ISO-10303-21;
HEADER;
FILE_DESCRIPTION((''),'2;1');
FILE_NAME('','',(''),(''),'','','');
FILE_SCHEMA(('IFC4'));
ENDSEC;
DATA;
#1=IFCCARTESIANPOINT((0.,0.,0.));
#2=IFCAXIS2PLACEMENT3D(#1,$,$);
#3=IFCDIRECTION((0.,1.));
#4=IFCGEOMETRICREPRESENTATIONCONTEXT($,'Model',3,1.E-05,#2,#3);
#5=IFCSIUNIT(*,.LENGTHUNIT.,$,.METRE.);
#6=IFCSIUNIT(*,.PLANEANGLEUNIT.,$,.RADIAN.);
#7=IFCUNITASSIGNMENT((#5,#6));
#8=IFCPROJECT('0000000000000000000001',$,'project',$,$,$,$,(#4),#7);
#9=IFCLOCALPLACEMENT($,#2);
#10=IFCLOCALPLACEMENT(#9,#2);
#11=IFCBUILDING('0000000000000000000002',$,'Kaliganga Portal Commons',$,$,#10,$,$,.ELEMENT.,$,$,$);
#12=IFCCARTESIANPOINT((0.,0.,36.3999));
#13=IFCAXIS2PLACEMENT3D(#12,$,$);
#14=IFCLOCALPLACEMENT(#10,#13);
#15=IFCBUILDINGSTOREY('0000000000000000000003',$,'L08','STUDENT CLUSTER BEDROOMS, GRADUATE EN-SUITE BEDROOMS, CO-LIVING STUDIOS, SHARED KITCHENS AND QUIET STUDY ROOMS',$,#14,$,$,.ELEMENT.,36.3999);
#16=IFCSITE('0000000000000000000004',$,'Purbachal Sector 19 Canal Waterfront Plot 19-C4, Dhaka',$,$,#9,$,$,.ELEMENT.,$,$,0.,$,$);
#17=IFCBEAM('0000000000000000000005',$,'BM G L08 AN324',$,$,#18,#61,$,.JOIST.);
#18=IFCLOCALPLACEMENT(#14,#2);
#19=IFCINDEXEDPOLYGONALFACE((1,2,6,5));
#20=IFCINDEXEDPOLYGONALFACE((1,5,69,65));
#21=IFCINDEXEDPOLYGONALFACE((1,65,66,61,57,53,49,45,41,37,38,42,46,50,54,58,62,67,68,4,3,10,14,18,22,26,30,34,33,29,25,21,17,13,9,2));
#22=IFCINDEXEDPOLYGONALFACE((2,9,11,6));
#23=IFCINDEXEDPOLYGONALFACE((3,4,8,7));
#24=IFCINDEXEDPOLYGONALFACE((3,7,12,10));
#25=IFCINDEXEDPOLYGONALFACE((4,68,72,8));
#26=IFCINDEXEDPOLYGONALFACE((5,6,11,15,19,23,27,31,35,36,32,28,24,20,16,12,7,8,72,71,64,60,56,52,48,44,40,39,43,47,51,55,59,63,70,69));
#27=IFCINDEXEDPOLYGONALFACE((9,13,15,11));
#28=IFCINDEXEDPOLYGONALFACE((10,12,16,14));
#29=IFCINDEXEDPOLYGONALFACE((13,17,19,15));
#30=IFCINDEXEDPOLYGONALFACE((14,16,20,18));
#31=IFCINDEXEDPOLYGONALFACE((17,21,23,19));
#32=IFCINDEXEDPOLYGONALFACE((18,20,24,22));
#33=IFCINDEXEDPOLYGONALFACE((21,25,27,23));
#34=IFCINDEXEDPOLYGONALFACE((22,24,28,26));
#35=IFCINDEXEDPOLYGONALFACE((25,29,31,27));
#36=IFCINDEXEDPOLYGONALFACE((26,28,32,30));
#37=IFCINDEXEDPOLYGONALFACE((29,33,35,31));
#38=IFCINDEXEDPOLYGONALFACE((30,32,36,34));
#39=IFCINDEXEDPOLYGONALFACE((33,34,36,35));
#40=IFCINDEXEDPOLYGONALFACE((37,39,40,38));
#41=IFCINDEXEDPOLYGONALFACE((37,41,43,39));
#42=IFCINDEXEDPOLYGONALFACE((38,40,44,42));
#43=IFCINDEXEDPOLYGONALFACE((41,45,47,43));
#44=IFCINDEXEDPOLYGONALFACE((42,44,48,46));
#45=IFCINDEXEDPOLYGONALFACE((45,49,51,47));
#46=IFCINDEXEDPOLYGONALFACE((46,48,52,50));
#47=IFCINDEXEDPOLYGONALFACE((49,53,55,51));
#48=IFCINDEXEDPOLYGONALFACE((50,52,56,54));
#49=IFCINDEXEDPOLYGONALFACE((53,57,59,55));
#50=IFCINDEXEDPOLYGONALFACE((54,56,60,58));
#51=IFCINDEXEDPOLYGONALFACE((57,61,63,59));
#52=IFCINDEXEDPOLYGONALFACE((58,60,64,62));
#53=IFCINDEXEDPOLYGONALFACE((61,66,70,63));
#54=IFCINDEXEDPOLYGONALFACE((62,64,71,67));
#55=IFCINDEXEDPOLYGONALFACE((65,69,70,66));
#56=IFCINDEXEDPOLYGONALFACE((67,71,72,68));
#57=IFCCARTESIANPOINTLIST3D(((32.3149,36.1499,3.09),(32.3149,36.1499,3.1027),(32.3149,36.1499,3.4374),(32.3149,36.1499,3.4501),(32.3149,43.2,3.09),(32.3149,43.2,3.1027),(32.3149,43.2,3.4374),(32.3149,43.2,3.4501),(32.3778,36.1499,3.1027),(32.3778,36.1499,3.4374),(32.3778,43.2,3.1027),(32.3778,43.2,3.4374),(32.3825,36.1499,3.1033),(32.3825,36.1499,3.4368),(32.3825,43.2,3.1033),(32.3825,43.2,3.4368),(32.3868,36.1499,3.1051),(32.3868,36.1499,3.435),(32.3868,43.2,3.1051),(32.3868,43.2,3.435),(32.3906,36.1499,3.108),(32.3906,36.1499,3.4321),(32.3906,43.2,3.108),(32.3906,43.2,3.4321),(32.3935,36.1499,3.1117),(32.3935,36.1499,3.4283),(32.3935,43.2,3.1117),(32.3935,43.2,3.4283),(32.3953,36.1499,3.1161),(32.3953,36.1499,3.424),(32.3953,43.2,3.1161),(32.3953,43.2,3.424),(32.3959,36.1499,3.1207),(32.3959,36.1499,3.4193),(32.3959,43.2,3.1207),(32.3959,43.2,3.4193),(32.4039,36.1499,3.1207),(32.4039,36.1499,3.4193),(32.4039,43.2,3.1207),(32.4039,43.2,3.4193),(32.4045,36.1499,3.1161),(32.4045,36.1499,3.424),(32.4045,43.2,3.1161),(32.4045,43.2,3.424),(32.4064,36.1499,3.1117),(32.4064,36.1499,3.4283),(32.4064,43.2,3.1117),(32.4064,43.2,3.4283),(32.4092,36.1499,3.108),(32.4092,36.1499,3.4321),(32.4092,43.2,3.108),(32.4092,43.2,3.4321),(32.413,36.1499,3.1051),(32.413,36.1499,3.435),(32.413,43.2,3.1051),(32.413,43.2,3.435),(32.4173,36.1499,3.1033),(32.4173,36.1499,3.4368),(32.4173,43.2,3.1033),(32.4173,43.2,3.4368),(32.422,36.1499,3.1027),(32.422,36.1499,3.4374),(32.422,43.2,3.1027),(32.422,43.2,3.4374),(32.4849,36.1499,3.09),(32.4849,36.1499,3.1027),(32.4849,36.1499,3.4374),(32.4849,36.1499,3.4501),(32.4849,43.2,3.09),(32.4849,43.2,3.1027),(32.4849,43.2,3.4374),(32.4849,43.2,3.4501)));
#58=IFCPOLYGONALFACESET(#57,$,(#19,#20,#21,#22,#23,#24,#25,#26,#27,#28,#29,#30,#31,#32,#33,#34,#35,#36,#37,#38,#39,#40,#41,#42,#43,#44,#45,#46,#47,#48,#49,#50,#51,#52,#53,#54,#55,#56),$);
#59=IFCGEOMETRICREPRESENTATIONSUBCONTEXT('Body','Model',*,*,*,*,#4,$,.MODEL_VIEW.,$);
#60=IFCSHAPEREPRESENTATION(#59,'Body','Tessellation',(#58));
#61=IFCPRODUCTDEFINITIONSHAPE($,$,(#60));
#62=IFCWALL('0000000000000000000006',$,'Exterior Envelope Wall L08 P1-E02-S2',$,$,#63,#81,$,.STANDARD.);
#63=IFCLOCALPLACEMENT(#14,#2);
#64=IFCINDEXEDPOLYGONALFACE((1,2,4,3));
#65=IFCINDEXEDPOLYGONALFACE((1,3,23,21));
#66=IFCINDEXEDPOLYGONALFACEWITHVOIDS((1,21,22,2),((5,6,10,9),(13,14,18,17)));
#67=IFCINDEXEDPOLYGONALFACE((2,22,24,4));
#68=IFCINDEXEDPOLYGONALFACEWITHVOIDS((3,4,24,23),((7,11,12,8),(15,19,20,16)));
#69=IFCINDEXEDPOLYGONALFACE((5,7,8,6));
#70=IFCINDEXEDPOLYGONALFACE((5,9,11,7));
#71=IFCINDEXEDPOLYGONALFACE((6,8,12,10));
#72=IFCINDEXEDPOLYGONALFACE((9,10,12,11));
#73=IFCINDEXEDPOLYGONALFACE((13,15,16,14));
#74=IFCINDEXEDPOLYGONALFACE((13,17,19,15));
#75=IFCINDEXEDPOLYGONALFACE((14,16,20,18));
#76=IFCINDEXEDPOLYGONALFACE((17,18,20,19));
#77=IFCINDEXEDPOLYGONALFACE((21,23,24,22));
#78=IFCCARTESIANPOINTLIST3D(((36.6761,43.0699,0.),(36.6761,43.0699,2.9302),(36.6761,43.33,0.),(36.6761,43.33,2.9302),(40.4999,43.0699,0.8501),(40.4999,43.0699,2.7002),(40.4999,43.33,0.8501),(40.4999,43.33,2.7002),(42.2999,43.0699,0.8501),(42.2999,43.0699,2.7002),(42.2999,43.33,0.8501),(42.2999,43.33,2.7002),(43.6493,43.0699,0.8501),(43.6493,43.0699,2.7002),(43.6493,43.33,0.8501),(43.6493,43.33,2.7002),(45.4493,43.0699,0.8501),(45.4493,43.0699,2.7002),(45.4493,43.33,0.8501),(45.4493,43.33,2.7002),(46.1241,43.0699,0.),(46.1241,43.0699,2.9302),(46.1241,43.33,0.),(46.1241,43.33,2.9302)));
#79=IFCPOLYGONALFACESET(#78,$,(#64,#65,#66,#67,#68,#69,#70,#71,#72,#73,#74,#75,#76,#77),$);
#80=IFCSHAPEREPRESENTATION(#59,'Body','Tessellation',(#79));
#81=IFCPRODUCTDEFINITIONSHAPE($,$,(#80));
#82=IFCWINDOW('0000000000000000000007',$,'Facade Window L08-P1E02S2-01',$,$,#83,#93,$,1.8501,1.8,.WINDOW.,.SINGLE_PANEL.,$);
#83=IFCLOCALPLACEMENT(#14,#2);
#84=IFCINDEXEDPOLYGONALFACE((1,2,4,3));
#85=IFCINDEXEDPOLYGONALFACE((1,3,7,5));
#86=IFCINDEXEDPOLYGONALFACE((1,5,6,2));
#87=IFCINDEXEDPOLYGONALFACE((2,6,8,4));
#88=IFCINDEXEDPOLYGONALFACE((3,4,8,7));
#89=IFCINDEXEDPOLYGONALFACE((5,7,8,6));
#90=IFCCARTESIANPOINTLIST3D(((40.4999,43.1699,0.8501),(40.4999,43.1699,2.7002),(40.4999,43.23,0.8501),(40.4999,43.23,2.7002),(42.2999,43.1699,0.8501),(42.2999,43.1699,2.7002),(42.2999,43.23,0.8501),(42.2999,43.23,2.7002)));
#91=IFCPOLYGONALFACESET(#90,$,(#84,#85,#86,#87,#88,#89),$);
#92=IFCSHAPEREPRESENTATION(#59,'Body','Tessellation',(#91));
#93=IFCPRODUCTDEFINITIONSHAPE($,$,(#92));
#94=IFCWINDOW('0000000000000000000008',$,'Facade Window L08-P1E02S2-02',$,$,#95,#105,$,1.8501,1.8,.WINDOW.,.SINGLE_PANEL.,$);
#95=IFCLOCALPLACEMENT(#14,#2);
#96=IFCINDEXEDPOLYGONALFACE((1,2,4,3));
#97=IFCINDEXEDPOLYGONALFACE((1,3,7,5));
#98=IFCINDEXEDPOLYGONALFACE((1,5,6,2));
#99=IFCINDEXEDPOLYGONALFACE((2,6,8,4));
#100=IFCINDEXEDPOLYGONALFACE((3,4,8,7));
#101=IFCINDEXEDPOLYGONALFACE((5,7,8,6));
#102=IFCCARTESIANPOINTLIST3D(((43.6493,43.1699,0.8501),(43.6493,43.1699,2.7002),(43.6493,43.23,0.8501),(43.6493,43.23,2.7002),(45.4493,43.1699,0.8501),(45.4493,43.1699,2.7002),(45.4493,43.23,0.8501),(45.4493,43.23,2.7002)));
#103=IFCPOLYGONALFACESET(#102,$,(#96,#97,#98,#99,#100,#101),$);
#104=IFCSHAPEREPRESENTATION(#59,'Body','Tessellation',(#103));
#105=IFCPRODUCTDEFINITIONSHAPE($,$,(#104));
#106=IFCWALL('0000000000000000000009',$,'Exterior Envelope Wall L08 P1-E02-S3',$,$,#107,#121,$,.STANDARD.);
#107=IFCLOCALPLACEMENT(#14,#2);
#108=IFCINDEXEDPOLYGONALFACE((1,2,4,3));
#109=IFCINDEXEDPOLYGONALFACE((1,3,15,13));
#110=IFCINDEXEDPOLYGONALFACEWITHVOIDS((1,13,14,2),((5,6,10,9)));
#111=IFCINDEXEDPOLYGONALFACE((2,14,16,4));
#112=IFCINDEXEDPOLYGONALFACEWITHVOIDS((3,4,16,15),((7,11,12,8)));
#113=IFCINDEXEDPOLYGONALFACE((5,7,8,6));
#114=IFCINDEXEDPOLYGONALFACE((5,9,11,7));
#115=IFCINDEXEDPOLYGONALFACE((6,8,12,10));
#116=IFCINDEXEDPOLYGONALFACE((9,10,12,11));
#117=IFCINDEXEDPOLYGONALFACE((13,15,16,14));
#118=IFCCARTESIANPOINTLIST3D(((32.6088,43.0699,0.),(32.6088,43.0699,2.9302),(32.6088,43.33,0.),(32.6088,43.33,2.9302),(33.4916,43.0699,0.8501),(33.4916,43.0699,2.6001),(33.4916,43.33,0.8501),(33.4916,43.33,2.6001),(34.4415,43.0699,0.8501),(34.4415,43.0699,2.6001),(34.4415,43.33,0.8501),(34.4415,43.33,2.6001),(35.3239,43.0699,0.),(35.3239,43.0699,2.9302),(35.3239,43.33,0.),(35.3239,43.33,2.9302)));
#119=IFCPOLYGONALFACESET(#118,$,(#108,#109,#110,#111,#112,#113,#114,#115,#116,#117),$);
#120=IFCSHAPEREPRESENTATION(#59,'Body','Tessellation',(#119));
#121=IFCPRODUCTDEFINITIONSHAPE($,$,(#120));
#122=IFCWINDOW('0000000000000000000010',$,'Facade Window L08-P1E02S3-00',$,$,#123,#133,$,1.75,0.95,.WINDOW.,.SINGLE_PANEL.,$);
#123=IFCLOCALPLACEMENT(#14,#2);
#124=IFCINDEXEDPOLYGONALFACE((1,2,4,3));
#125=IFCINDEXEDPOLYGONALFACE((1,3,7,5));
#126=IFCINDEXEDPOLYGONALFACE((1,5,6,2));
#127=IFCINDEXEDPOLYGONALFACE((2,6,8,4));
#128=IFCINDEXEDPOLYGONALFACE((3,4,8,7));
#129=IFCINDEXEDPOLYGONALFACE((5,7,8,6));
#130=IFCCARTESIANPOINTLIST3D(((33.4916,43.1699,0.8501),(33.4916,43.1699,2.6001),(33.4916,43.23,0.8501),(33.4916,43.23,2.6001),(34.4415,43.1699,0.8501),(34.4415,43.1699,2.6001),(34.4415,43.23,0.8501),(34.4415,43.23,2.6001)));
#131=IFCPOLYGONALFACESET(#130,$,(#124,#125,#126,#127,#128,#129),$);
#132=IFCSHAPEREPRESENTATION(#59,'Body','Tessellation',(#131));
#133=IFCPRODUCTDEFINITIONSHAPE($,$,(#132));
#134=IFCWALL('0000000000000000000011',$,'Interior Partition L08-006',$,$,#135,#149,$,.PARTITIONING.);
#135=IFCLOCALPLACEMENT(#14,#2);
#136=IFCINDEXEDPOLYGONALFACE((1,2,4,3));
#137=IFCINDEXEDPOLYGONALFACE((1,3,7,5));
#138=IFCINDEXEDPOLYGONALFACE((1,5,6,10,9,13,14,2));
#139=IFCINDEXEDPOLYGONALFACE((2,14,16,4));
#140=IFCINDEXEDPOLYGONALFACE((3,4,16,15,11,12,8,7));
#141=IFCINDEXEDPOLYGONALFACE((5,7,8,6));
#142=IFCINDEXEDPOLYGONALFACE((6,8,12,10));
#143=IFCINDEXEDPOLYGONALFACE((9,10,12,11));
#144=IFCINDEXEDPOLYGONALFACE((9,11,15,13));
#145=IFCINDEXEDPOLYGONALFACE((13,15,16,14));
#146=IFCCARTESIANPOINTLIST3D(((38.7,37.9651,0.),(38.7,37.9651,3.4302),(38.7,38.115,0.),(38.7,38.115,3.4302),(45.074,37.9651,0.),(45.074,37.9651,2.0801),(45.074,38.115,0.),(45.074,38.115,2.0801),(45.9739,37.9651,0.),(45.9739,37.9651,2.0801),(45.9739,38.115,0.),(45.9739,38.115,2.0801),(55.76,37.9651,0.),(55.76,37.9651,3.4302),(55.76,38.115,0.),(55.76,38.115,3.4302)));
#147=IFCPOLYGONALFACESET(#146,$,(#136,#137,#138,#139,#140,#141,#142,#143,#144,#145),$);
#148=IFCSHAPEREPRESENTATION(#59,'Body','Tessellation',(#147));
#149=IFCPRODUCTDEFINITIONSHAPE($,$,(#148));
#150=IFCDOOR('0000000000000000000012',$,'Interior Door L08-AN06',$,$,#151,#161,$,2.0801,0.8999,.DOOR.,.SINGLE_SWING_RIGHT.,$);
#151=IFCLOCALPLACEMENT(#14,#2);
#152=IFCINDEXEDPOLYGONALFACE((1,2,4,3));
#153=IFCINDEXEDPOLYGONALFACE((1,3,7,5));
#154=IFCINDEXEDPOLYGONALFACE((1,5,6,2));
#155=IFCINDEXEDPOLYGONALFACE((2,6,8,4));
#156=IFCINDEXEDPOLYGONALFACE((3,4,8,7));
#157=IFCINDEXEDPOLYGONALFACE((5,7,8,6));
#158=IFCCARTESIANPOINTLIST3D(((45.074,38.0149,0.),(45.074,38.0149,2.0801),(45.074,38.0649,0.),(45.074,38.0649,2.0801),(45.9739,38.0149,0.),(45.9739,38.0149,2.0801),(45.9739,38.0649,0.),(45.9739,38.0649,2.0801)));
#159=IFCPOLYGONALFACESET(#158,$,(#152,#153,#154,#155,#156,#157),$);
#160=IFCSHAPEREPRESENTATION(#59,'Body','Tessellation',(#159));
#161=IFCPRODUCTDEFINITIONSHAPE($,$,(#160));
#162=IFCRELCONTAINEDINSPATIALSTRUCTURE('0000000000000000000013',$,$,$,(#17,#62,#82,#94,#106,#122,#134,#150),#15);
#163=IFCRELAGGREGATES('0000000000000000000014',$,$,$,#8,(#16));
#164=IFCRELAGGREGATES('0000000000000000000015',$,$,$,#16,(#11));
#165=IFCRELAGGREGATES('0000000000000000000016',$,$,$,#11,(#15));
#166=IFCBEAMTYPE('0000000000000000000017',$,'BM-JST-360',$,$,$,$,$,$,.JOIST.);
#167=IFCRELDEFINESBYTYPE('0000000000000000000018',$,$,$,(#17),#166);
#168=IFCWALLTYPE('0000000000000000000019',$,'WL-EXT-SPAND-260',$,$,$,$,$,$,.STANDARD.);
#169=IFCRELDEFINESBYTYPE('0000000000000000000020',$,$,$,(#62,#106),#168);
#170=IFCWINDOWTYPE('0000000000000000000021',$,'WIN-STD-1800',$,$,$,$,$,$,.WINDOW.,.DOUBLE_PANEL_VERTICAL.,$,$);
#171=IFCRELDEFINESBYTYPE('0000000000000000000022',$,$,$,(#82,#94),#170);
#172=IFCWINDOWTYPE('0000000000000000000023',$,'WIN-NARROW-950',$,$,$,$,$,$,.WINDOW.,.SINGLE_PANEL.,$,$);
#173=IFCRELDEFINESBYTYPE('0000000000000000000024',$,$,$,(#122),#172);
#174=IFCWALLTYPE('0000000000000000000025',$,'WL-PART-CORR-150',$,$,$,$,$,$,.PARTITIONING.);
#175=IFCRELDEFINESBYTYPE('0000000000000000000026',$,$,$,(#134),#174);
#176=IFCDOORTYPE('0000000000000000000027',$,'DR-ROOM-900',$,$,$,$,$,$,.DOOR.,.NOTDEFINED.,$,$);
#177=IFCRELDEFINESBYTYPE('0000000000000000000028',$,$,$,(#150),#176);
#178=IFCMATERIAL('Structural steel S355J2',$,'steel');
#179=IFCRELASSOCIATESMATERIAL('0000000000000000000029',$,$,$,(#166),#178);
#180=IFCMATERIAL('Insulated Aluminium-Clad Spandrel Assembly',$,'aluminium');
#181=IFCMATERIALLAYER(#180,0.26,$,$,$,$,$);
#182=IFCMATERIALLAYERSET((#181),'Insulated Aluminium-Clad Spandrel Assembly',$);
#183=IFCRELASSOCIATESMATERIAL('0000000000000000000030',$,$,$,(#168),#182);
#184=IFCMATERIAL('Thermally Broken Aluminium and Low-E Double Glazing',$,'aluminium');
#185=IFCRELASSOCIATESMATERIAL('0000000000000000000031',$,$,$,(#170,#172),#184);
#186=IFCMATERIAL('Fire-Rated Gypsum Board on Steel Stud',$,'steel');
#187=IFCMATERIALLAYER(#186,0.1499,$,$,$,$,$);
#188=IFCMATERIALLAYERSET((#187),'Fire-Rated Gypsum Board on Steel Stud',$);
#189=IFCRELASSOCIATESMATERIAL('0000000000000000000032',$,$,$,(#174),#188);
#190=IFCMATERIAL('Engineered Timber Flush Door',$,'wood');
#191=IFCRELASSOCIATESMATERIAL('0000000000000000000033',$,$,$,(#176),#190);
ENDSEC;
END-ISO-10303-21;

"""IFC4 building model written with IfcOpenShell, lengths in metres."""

from ifc_helpers import new_model, si_unit, direction, frame, frame_2d, origin, origin_2d, place, context, subcontext, project, spatial, rectangle, i_section, extrude, source, transform, mapped, material, layer, layer_set, material_profile, profile_set, type_object, element, fill, save


model = new_model("IFC4")

# Units and contexts
model_context = context("Model", 3, precision=1e-05, world=origin(), true_north=direction((0.0, 1.0)))
body_context = subcontext(model_context, "Body", "Model", "MODEL_VIEW")
ifc_project = project(units=[si_unit("LENGTHUNIT", "METRE"), si_unit("PLANEANGLEUNIT", "RADIAN")], contexts=[model_context])

# Site, building, storey
site_placement = place(None, origin())
site = spatial("IfcSite", under=ifc_project, at=site_placement, Name="Purbachal Sector 19 Canal Waterfront Plot 19-C4, Dhaka", CompositionType="ELEMENT", RefElevation=0.0)
building_placement = place(site_placement, origin())
building = spatial("IfcBuilding", under=site, at=building_placement, Name="Kaliganga Portal Commons", CompositionType="ELEMENT")
storey_placement = place(building_placement, frame((0.0, 0.0, 36.3999)))
storey = spatial("IfcBuildingStorey", under=building, at=storey_placement, Name="L08", Description="STUDENT CLUSTER BEDROOMS, GRADUATE EN-SUITE BEDROOMS, CO-LIVING STUDIOS, SHARED KITCHENS AND QUIET STUDY ROOMS", CompositionType="ELEMENT", Elevation=36.3999)

# Beam
ifc_material_1 = material(Name="Structural steel S355J2", Category="steel")
ifc_material_profile_1 = material_profile(ifc_material_1, i_section(OverallWidth=0.1699, OverallDepth=0.3601, WebThickness=0.0081, FlangeThickness=0.0127, FilletRadius=0.0181, at=origin_2d()), Name="IPE 360")
ifc_profile_set_1 = profile_set([ifc_material_profile_1], Name="Structural steel S355J2 wide-flange")
beam_type_1 = type_object("IfcBeamType", Name="BM-JST-360", PredefinedType="JOIST", material=ifc_profile_set_1)
shared_shape_1 = source(origin(), body_context, "Body", "SweptSolid", [
    extrude(i_section(OverallWidth=0.1699, OverallDepth=0.3601, WebThickness=0.0081, FlangeThickness=0.0127, FilletRadius=0.0181, at=origin_2d()), origin(), (0.0, 0.0, 1.0), 7.05),
])
beam_1_placement = place(storey_placement, frame((32.3999, 36.1499, 3.27), z_axis=(0.0, 1.0, 0.0), x_axis=(-1.0, 0.0, 0.0)))
element("IfcBeam", 1, at=beam_1_placement, inside=storey, type_object=beam_type_1, Name="BM G L08 AN324", PredefinedType="JOIST", context=body_context, shape_type="MappedRepresentation", body=[
    mapped(shared_shape_1, transform((0.0, 0.0, 0.0), x_axis=(1.0, 0.0, 0.0), y_axis=(0.0, 1.0, 0.0), z_axis=(0.0, 0.0, 1.0), scale=1.0)),
])

# Wall, openings, windows
ifc_material_2 = material(Name="Insulated Aluminium-Clad Spandrel Assembly", Category="aluminium")
ifc_layer_1 = layer(ifc_material_2, 0.26)
ifc_layer_set_1 = layer_set([ifc_layer_1], Name="Insulated Aluminium-Clad Spandrel Assembly")
wall_type_1 = type_object("IfcWallType", Name="WL-EXT-SPAND-260", PredefinedType="STANDARD", material=ifc_layer_set_1)
wall_1_placement = place(storey_placement, frame((36.676, 43.2, 0.0), z_axis=(0.0, 0.0, 1.0), x_axis=(1.0, 0.0, 0.0)))
wall_1 = element("IfcWall", 2, at=wall_1_placement, inside=storey, type_object=wall_type_1, Name="Exterior Envelope Wall L08 P1-E02-S2", PredefinedType="STANDARD", context=body_context, shape_type="SweptSolid", body=[
    extrude(rectangle(XDim=9.448, YDim=0.26, at=frame_2d((4.7241, 0.0))), origin(), (0.0, 0.0, 1.0), 2.9302),
])
opening_1_placement = place(wall_1_placement, frame((3.824, 0.0, 0.8501)))
opening_1 = element("IfcOpeningElement", 3, at=opening_1_placement, cuts=wall_1, PredefinedType="OPENING", context=body_context, shape_type="SweptSolid", body=[
    extrude(rectangle(XDim=1.8, YDim=1.8501, at=frame_2d((0.8999, 0.925))), frame((0.0, 0.1401, 0.0), z_axis=(0.0, -1.0, 0.0), x_axis=(1.0, 0.0, 0.0)), (0.0, 0.0, 1.0), 0.28),
])
opening_2_placement = place(wall_1_placement, frame((6.9734, 0.0, 0.8501)))
opening_2 = element("IfcOpeningElement", 4, at=opening_2_placement, cuts=wall_1, PredefinedType="OPENING", context=body_context, shape_type="SweptSolid", body=[
    extrude(rectangle(XDim=1.8, YDim=1.8501, at=frame_2d((0.8999, 0.925))), frame((0.0, 0.1401, 0.0), z_axis=(0.0, -1.0, 0.0), x_axis=(1.0, 0.0, 0.0)), (0.0, 0.0, 1.0), 0.28),
])
ifc_material_3 = material(Name="Thermally Broken Aluminium and Low-E Double Glazing", Category="aluminium")
window_type_1 = type_object("IfcWindowType", Name="WIN-STD-1800", PartitioningType="DOUBLE_PANEL_VERTICAL", PredefinedType="WINDOW", material=ifc_material_3)
window_1_placement = place(opening_1_placement, origin())
window_1 = element("IfcWindow", 5, at=window_1_placement, inside=storey, type_object=window_type_1, Name="Facade Window L08-P1E02S2-01", OverallHeight=1.8501, OverallWidth=1.8, PartitioningType="SINGLE_PANEL", PredefinedType="WINDOW", context=body_context, shape_type="SweptSolid", body=[
    extrude(rectangle(XDim=1.8, YDim=1.8501, at=frame_2d((0.8999, 0.925))), frame((0.0, 0.03, 0.0), z_axis=(0.0, -1.0, 0.0), x_axis=(1.0, 0.0, 0.0)), (0.0, 0.0, 1.0), 0.0601),
])
fill(opening_1, window_1)
window_2_placement = place(opening_2_placement, origin())
window_2 = element("IfcWindow", 6, at=window_2_placement, inside=storey, type_object=window_type_1, Name="Facade Window L08-P1E02S2-02", OverallHeight=1.8501, OverallWidth=1.8, PartitioningType="SINGLE_PANEL", PredefinedType="WINDOW", context=body_context, shape_type="SweptSolid", body=[
    extrude(rectangle(XDim=1.8, YDim=1.8501, at=frame_2d((0.8999, 0.925))), frame((0.0, 0.03, 0.0), z_axis=(0.0, -1.0, 0.0), x_axis=(1.0, 0.0, 0.0)), (0.0, 0.0, 1.0), 0.0601),
])
fill(opening_2, window_2)

# Wall, opening, window
wall_2_placement = place(storey_placement, frame((32.6089, 43.2, 0.0), z_axis=(0.0, 0.0, 1.0), x_axis=(1.0, 0.0, 0.0)))
wall_2 = element("IfcWall", 7, at=wall_2_placement, inside=storey, type_object=wall_type_1, Name="Exterior Envelope Wall L08 P1-E02-S3", PredefinedType="STANDARD", context=body_context, shape_type="SweptSolid", body=[
    extrude(rectangle(XDim=2.7151, YDim=0.26, at=frame_2d((1.3574, 0.0))), origin(), (0.0, 0.0, 1.0), 2.9302),
])
opening_3_placement = place(wall_2_placement, frame((0.8826, 0.0, 0.8501)))
opening_3 = element("IfcOpeningElement", 8, at=opening_3_placement, cuts=wall_2, PredefinedType="OPENING", context=body_context, shape_type="SweptSolid", body=[
    extrude(rectangle(XDim=0.95, YDim=1.75, at=frame_2d((0.4751, 0.875))), frame((0.0, 0.1401, 0.0), z_axis=(0.0, -1.0, 0.0), x_axis=(1.0, 0.0, 0.0)), (0.0, 0.0, 1.0), 0.28),
])
window_type_2 = type_object("IfcWindowType", Name="WIN-NARROW-950", PartitioningType="SINGLE_PANEL", PredefinedType="WINDOW", material=ifc_material_3)
window_3_placement = place(opening_3_placement, origin())
window_3 = element("IfcWindow", 9, at=window_3_placement, inside=storey, type_object=window_type_2, Name="Facade Window L08-P1E02S3-00", OverallHeight=1.75, OverallWidth=0.95, PartitioningType="SINGLE_PANEL", PredefinedType="WINDOW", context=body_context, shape_type="SweptSolid", body=[
    extrude(rectangle(XDim=0.95, YDim=1.75, at=frame_2d((0.4751, 0.875))), frame((0.0, 0.03, 0.0), z_axis=(0.0, -1.0, 0.0), x_axis=(1.0, 0.0, 0.0)), (0.0, 0.0, 1.0), 0.0601),
])
fill(opening_3, window_3)

# Wall, opening, door
ifc_material_4 = material(Name="Fire-Rated Gypsum Board on Steel Stud", Category="steel")
ifc_layer_2 = layer(ifc_material_4, 0.1499)
ifc_layer_set_2 = layer_set([ifc_layer_2], Name="Fire-Rated Gypsum Board on Steel Stud")
wall_type_2 = type_object("IfcWallType", Name="WL-PART-CORR-150", PredefinedType="PARTITIONING", material=ifc_layer_set_2)
wall_3_placement = place(storey_placement, frame((38.7, 38.04, 0.0), z_axis=(0.0, 0.0, 1.0), x_axis=(1.0, 0.0, 0.0)))
wall_3 = element("IfcWall", 10, at=wall_3_placement, inside=storey, type_object=wall_type_2, Name="Interior Partition L08-006", PredefinedType="PARTITIONING", context=body_context, shape_type="SweptSolid", body=[
    extrude(rectangle(XDim=17.0601, YDim=0.1499, at=frame_2d((8.53, 0.0))), origin(), (0.0, 0.0, 1.0), 3.4302),
])
opening_4_placement = place(wall_3_placement, frame((6.374, 0.0, 0.0)))
opening_4 = element("IfcOpeningElement", 11, at=opening_4_placement, cuts=wall_3, PredefinedType="OPENING", context=body_context, shape_type="SweptSolid", body=[
    extrude(rectangle(XDim=0.8999, YDim=2.0801, at=frame_2d((0.45, 1.04))), frame((0.0, 0.085, 0.0), z_axis=(0.0, -1.0, 0.0), x_axis=(1.0, 0.0, 0.0)), (0.0, 0.0, 1.0), 0.1699),
])
ifc_material_5 = material(Name="Engineered Timber Flush Door", Category="wood")
door_type_1 = type_object("IfcDoorType", Name="DR-ROOM-900", OperationType="NOTDEFINED", PredefinedType="DOOR", material=ifc_material_5)
door_1_placement = place(opening_4_placement, origin())
door_1 = element("IfcDoor", 12, at=door_1_placement, inside=storey, type_object=door_type_1, Name="Interior Door L08-AN06", OperationType="SINGLE_SWING_RIGHT", OverallHeight=2.0801, OverallWidth=0.8999, PredefinedType="DOOR", context=body_context, shape_type="SweptSolid", body=[
    extrude(rectangle(XDim=0.8999, YDim=2.0801, at=frame_2d((0.45, 1.04))), frame((0.0, 0.0249, 0.0), z_axis=(0.0, -1.0, 0.0), x_axis=(1.0, 0.0, 0.0)), (0.0, 0.0, 1.0), 0.05),
])
fill(opening_4, door_1)

save(model, "model.ifc")
